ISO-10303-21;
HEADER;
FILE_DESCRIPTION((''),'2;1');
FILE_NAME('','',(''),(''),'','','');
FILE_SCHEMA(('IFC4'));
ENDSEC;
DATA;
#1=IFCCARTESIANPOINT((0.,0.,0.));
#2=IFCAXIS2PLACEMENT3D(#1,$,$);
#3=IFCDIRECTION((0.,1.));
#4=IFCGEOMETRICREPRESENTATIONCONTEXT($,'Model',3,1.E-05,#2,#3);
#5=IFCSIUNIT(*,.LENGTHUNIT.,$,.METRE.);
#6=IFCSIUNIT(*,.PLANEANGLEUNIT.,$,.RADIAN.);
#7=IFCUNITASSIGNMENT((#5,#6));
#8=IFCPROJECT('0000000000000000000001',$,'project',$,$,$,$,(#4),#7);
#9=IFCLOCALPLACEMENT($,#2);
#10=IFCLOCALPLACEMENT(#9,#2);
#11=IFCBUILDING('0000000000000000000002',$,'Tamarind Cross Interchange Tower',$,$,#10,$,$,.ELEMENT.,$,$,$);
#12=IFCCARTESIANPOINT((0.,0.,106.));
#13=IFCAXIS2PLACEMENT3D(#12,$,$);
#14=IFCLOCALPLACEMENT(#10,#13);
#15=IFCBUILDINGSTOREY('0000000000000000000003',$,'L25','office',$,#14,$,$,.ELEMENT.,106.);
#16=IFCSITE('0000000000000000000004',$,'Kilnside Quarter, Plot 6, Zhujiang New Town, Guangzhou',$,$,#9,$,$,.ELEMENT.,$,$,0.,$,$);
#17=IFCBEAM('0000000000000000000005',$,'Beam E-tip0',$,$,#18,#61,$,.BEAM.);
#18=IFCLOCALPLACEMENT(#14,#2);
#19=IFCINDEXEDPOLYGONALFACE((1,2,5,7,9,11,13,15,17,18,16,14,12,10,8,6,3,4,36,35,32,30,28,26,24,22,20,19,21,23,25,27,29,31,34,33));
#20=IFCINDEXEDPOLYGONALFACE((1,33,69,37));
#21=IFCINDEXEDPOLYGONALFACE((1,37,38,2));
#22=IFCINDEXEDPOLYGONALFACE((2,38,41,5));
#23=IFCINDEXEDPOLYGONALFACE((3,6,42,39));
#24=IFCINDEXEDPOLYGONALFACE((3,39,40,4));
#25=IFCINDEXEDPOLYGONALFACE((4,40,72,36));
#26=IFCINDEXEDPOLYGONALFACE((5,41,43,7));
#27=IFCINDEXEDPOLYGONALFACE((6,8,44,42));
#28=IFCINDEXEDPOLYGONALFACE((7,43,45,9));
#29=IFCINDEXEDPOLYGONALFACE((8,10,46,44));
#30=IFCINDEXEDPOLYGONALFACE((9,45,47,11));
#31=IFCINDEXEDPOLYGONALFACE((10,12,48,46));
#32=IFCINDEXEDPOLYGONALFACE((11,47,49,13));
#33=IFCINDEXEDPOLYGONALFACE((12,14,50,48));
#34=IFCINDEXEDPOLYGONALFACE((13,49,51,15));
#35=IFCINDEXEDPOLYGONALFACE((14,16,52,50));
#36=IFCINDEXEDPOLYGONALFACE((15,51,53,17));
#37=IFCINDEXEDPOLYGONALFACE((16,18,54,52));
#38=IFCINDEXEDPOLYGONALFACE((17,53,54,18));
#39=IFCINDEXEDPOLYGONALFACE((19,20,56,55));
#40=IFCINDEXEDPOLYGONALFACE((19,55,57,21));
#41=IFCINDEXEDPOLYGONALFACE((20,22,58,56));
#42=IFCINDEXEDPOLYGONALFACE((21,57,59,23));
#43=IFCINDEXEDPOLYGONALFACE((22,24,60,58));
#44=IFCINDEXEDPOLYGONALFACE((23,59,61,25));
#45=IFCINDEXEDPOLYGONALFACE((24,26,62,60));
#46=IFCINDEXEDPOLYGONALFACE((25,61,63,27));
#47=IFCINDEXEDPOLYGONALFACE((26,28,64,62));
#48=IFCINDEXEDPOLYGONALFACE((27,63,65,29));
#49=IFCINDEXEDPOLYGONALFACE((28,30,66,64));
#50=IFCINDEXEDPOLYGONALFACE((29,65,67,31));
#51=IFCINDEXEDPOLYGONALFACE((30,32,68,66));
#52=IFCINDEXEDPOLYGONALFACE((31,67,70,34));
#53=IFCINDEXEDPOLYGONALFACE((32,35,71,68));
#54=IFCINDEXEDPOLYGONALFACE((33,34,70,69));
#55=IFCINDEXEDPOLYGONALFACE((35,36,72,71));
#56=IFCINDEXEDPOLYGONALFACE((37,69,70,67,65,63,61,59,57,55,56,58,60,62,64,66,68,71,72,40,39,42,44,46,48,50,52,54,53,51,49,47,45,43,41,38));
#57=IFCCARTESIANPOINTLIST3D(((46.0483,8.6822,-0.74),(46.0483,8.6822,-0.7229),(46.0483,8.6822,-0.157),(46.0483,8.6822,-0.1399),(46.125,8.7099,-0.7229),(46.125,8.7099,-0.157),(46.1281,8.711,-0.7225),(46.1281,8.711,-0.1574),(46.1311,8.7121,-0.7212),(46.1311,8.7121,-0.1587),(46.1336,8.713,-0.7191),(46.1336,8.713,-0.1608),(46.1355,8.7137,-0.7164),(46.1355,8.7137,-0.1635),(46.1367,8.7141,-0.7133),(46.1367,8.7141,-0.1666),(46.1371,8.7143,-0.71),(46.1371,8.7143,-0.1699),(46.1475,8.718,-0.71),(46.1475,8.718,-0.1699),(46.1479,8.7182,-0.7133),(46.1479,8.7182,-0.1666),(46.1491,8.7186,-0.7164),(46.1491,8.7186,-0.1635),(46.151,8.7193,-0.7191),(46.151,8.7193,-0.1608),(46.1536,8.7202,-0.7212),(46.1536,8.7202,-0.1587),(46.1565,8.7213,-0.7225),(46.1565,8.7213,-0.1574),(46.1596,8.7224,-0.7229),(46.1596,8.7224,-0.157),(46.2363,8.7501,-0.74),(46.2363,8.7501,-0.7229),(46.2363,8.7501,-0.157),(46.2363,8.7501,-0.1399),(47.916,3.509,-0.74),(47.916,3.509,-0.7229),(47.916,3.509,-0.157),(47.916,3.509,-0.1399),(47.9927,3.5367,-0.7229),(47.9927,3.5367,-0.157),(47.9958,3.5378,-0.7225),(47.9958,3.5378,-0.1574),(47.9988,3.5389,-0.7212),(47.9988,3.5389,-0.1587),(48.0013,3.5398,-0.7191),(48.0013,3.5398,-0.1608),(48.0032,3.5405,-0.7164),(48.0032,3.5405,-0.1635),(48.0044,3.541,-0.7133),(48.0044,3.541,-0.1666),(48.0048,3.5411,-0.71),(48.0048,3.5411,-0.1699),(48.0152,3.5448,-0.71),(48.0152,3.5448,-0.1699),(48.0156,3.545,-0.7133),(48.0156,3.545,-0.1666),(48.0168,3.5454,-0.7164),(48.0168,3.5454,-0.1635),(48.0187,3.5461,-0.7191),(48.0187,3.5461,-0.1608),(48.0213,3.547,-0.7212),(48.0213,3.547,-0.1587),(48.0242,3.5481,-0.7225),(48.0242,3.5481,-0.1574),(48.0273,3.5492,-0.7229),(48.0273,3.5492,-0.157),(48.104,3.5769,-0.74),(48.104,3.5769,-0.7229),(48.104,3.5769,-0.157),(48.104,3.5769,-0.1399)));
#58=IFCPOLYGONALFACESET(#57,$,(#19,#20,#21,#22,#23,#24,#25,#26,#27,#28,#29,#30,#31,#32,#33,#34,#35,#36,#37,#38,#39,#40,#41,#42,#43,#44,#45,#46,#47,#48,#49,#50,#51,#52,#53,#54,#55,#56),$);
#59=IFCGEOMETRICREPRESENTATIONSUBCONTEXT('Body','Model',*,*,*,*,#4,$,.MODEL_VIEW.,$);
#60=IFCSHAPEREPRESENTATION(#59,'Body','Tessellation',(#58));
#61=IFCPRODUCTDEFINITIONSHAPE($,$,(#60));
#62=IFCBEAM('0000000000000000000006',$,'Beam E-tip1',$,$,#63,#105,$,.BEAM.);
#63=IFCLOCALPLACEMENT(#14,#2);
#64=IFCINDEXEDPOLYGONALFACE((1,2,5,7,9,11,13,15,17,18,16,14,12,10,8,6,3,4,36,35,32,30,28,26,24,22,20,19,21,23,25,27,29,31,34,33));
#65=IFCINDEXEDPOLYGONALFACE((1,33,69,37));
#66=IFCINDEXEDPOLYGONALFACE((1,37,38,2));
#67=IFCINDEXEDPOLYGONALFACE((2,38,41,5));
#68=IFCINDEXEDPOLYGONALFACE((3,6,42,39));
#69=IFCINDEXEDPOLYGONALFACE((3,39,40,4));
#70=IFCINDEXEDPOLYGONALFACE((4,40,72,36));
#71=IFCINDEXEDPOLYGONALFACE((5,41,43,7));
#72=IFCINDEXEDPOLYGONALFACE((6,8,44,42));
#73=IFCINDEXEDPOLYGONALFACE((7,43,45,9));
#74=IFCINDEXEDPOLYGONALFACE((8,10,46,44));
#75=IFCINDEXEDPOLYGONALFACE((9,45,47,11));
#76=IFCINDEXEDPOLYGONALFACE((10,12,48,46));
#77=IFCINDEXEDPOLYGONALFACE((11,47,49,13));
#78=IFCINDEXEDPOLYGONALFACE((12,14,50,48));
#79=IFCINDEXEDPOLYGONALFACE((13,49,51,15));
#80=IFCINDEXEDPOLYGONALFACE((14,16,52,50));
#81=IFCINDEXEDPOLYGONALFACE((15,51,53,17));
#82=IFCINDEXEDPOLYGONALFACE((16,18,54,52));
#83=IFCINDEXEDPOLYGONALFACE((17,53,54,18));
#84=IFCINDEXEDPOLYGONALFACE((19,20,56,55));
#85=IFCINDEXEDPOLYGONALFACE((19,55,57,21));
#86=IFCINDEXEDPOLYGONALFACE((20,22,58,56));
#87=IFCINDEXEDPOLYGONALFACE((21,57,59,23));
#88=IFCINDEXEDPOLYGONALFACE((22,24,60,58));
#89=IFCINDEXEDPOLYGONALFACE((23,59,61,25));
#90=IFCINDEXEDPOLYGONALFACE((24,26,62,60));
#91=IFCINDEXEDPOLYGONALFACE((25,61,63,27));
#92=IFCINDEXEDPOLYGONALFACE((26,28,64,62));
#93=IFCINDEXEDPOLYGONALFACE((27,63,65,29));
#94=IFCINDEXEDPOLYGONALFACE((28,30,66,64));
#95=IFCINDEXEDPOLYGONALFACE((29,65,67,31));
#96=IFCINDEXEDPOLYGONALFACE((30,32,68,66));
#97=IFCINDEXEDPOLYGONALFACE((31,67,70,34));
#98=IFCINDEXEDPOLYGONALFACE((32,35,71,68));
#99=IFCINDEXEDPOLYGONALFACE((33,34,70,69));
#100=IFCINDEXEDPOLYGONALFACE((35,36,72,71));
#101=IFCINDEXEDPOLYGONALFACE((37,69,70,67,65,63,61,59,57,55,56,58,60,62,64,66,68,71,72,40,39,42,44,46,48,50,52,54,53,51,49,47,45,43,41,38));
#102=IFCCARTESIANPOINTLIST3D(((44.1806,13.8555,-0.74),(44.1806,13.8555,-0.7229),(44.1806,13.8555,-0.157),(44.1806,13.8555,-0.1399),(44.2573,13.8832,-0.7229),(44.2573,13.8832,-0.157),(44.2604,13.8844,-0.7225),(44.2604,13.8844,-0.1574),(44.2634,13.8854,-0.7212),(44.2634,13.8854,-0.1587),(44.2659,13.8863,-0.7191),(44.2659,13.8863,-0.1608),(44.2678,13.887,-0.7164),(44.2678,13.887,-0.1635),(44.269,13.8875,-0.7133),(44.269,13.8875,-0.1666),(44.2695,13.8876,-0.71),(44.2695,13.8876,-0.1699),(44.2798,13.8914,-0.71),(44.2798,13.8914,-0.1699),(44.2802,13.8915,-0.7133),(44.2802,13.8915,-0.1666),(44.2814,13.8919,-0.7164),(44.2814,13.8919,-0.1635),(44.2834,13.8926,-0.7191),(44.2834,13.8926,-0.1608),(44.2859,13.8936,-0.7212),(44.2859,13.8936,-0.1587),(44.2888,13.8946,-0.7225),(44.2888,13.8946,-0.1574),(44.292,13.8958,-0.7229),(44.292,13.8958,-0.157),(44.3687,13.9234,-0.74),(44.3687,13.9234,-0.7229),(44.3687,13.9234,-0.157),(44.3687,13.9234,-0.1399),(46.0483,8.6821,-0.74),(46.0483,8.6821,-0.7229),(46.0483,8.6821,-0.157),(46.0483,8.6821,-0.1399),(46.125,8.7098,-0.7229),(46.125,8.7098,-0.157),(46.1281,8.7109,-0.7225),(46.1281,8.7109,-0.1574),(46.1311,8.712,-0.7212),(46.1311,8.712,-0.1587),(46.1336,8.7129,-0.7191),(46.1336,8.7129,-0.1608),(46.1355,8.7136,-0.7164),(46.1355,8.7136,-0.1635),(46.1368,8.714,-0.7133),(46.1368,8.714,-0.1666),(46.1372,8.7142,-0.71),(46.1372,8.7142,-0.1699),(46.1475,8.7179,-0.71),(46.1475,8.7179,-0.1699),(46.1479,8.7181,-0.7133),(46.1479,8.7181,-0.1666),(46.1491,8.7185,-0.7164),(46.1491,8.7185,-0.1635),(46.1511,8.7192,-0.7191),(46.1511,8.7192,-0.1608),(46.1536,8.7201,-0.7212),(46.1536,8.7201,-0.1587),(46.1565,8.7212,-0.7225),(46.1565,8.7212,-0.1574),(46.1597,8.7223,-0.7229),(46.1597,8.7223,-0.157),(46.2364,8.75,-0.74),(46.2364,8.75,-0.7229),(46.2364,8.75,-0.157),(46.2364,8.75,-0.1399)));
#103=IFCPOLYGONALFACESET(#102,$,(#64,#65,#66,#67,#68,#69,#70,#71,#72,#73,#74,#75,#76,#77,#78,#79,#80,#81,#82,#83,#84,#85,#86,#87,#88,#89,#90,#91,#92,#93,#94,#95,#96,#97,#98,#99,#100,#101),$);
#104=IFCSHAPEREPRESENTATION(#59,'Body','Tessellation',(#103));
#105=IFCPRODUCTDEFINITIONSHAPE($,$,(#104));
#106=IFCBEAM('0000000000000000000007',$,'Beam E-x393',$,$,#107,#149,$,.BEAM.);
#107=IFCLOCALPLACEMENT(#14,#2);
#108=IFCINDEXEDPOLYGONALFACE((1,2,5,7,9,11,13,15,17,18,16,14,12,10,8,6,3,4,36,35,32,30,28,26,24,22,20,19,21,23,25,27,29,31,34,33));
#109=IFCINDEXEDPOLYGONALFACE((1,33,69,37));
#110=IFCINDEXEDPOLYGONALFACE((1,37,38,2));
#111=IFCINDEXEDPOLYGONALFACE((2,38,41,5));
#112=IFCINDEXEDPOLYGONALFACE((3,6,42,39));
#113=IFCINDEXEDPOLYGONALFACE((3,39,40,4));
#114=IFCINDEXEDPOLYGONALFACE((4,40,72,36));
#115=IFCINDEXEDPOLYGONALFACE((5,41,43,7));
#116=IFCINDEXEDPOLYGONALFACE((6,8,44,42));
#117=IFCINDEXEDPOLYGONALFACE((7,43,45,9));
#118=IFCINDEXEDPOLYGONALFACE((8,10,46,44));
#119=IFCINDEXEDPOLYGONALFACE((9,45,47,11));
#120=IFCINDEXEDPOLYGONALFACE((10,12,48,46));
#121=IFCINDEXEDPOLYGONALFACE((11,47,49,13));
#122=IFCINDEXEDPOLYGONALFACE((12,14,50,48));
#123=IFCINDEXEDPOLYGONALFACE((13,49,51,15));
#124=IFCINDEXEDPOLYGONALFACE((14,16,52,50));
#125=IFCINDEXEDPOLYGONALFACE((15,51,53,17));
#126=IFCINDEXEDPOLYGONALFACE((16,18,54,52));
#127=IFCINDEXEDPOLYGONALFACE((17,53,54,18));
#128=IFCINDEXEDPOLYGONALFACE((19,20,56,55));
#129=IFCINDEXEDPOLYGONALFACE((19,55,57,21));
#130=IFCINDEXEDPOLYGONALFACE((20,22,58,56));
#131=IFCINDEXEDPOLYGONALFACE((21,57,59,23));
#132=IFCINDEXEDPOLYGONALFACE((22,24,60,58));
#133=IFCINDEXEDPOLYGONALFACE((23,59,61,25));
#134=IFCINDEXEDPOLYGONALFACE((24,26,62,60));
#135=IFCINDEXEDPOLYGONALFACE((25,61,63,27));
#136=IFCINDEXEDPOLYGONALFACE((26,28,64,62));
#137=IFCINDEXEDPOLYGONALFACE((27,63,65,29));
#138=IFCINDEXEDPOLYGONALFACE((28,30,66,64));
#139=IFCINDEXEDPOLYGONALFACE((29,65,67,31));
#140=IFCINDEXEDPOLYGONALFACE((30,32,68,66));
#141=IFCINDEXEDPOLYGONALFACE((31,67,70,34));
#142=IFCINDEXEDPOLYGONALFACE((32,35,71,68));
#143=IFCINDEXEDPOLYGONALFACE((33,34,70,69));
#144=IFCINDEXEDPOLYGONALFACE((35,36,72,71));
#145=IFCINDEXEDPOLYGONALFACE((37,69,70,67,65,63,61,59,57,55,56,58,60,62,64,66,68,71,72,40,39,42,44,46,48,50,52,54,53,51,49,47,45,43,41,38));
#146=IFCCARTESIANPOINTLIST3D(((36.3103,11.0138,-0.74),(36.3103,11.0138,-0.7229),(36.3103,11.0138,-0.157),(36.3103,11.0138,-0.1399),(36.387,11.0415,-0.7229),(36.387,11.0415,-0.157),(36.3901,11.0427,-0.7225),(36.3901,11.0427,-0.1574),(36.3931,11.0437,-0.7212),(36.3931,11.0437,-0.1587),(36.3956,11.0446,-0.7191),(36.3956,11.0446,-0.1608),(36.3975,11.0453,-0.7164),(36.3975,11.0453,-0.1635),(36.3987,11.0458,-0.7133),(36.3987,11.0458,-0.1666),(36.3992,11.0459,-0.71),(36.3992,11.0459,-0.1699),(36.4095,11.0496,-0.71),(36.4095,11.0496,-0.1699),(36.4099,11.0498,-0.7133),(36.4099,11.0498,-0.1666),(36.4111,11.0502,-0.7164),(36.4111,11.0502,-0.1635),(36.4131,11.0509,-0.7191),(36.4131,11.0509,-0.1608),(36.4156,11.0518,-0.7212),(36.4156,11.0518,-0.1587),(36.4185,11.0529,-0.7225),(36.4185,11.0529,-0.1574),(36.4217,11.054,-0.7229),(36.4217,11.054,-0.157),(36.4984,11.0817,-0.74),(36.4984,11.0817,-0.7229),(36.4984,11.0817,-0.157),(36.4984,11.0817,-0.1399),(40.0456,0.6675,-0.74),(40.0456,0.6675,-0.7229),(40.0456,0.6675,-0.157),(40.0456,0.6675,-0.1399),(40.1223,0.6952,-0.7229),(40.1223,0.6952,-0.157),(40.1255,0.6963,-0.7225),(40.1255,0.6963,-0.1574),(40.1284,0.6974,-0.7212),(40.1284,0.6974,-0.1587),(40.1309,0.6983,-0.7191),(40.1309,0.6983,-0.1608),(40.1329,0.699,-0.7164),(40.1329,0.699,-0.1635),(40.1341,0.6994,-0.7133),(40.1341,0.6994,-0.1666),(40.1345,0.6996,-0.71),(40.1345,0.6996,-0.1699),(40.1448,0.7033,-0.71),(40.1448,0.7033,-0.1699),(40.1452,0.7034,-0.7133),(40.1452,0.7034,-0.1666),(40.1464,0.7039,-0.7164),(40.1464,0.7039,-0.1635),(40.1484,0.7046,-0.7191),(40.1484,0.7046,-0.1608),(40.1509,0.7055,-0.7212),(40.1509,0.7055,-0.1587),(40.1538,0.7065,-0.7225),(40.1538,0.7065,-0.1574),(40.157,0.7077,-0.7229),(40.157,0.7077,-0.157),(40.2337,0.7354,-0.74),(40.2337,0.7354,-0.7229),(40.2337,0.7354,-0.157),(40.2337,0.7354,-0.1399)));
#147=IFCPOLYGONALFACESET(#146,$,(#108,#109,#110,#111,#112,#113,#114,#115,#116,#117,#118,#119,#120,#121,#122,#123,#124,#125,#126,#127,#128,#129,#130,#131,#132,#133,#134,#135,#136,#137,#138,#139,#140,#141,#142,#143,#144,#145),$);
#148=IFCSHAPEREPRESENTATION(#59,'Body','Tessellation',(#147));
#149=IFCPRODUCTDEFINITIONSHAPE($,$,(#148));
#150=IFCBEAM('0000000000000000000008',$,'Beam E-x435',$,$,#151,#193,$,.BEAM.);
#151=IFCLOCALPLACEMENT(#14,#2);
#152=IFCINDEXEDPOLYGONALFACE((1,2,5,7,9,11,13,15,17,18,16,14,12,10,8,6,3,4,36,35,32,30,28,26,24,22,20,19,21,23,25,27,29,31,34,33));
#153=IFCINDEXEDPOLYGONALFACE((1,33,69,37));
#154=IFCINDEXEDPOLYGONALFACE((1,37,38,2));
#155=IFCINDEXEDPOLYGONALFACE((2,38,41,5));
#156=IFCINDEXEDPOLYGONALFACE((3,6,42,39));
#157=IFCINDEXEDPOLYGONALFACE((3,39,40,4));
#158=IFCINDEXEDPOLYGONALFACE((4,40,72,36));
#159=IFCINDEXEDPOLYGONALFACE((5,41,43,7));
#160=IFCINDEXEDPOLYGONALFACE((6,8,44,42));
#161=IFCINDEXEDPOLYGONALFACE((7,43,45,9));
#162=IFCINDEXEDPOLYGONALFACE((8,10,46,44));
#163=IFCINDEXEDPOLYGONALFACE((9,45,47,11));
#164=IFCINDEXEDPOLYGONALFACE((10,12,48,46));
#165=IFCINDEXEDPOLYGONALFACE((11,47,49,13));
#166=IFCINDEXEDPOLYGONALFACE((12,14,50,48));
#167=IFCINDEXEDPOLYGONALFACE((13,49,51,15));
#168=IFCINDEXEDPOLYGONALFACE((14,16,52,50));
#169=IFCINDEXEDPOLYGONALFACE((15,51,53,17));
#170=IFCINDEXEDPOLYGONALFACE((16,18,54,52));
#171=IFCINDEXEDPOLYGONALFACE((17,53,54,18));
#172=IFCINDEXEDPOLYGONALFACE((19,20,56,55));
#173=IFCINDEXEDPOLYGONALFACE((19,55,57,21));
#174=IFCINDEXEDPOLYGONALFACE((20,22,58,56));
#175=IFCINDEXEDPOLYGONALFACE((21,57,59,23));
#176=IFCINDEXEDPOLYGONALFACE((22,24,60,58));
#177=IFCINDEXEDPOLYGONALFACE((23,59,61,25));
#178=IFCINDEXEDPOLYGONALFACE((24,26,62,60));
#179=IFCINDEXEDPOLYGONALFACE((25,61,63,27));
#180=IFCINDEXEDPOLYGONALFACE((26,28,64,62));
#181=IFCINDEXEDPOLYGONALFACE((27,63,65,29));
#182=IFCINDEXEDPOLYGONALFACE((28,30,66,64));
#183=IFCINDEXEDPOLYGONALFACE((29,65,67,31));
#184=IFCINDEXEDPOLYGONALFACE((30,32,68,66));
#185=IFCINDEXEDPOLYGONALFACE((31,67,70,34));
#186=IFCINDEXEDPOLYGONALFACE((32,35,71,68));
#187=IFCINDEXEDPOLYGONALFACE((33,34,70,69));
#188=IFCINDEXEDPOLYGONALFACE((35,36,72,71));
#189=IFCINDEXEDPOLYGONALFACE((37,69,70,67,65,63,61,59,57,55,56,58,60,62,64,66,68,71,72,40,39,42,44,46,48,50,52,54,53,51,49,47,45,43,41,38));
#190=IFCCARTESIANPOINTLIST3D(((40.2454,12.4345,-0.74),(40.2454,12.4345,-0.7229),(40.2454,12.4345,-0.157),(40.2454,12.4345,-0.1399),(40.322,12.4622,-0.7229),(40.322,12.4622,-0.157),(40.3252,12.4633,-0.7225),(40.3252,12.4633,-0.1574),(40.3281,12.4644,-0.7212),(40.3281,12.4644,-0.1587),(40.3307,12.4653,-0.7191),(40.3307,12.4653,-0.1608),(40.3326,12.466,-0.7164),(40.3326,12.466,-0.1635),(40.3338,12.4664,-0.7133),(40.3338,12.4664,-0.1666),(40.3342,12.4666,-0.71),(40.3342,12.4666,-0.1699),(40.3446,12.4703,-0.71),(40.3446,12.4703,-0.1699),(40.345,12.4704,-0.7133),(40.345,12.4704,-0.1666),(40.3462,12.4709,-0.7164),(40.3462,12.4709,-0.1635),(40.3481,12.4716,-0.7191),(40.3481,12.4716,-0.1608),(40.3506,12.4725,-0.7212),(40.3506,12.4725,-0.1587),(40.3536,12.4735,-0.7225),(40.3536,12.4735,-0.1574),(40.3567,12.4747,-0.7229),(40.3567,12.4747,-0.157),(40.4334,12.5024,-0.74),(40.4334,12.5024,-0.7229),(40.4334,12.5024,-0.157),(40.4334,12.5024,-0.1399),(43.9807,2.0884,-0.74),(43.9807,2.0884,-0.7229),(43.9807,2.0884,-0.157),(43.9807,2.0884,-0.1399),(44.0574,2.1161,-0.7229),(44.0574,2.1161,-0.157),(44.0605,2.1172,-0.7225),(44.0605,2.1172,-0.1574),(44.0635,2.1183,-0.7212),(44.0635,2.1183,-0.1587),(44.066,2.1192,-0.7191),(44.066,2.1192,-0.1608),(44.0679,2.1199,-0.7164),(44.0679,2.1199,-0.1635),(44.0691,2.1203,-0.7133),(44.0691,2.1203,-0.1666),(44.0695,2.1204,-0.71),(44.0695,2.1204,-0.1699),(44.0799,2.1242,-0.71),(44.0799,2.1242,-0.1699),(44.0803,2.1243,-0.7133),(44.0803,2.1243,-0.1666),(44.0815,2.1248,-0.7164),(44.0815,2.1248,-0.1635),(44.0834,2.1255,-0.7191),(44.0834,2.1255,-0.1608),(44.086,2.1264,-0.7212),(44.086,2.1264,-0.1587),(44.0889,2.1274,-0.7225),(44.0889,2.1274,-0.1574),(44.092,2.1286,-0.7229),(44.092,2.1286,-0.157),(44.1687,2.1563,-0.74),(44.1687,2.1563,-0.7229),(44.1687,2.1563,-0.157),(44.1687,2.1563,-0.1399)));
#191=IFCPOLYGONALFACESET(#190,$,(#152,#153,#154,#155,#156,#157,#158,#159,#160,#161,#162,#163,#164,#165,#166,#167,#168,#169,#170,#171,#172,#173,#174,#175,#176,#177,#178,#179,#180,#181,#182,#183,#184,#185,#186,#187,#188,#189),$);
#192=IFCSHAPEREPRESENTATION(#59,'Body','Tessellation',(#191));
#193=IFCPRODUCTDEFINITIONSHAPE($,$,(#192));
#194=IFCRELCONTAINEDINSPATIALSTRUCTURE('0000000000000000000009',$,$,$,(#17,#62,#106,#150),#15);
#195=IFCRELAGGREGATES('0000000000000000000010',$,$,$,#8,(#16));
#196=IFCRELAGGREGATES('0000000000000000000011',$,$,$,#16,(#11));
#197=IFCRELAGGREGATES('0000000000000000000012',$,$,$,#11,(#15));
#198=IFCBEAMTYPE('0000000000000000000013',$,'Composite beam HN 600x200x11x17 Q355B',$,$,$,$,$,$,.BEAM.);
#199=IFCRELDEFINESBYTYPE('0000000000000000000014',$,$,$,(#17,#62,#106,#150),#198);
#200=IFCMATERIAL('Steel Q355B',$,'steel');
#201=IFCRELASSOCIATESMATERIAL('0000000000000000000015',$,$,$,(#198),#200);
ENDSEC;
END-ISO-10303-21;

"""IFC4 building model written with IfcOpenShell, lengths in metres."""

from ifc_helpers import new_model, si_unit, direction, frame, origin, origin_2d, place, context, subcontext, project, spatial, i_section, extrude, material, material_profile, profile_set, type_object, element, save


model = new_model("IFC4")

# Units and contexts
model_context = context("Model", 3, precision=1e-05, world=origin(), true_north=direction((0.0, 1.0)))
body_context = subcontext(model_context, "Body", "Model", "MODEL_VIEW")
ifc_project = project(units=[si_unit("LENGTHUNIT", "METRE"), si_unit("PLANEANGLEUNIT", "RADIAN")], contexts=[model_context])

# Site, building, storey
site_placement = place(None, origin())
site = spatial("IfcSite", under=ifc_project, at=site_placement, Name="Kilnside Quarter, Plot 6, Zhujiang New Town, Guangzhou", CompositionType="ELEMENT", RefElevation=0.0)
building_placement = place(site_placement, origin())
building = spatial("IfcBuilding", under=site, at=building_placement, Name="Tamarind Cross Interchange Tower", CompositionType="ELEMENT")
storey_placement = place(building_placement, frame((0.0, 0.0, 106.0)))
storey = spatial("IfcBuildingStorey", under=building, at=storey_placement, Name="L25", Description="office", CompositionType="ELEMENT", Elevation=106.0)

# Beams
ifc_material_1 = material(Name="Steel Q355B", Category="steel")
ifc_material_profile_1 = material_profile(ifc_material_1, i_section(OverallWidth=0.2, OverallDepth=0.6001, WebThickness=0.011, FlangeThickness=0.0171, FilletRadius=0.0129, at=origin_2d()), Name="HN 600x200x11x17")
ifc_profile_set_1 = profile_set([ifc_material_profile_1], Name="Steel Q355B")
beam_type_1 = type_object("IfcBeamType", Name="Composite beam HN 600x200x11x17 Q355B", PredefinedType="BEAM", material=ifc_profile_set_1)
beam_1_placement = place(storey_placement, frame((48.01, 3.543, -0.4399), z_axis=(-0.339582, 0.940576, 0.0), x_axis=(-0.940576, -0.339582, 0.0)))
element("IfcBeam", 1, at=beam_1_placement, inside=storey, type_object=beam_type_1, Name="Beam E-tip0", PredefinedType="BEAM", context=body_context, shape_type="SweptSolid", body=[
    extrude(i_section(OverallWidth=0.2, OverallDepth=0.6001, WebThickness=0.011, FlangeThickness=0.0171, FilletRadius=0.0129, at=origin_2d()), origin(), (0.0, 0.0, 1.0), 5.5),
])
beam_2_placement = place(storey_placement, frame((46.1423, 8.7161, -0.4399), z_axis=(-0.339568, 0.940581, 0.0), x_axis=(-0.940581, -0.339568, 0.0)))
element("IfcBeam", 2, at=beam_2_placement, inside=storey, type_object=beam_type_1, Name="Beam E-tip1", PredefinedType="BEAM", context=body_context, shape_type="SweptSolid", body=[
    extrude(i_section(OverallWidth=0.2, OverallDepth=0.6001, WebThickness=0.011, FlangeThickness=0.0171, FilletRadius=0.0129, at=origin_2d()), origin(), (0.0, 0.0, 1.0), 5.5002),
])
beam_3_placement = place(storey_placement, frame((40.1396, 0.7014, -0.4399), z_axis=(-0.339575, 0.940579, 0.0), x_axis=(-0.940579, -0.339575, 0.0)))
element("IfcBeam", 3, at=beam_3_placement, inside=storey, type_object=beam_type_1, Name="Beam E-x393", PredefinedType="BEAM", context=body_context, shape_type="SweptSolid", body=[
    extrude(i_section(OverallWidth=0.2, OverallDepth=0.6001, WebThickness=0.011, FlangeThickness=0.0171, FilletRadius=0.0129, at=origin_2d()), origin(), (0.0, 0.0, 1.0), 11.0),
])
beam_4_placement = place(storey_placement, frame((44.0747, 2.1223, -0.4399), z_axis=(-0.339582, 0.940576, 0.0), x_axis=(-0.940576, -0.339582, 0.0)))
element("IfcBeam", 4, at=beam_4_placement, inside=storey, type_object=beam_type_1, Name="Beam E-x435", PredefinedType="BEAM", context=body_context, shape_type="SweptSolid", body=[
    extrude(i_section(OverallWidth=0.2, OverallDepth=0.6001, WebThickness=0.011, FlangeThickness=0.0171, FilletRadius=0.0129, at=origin_2d()), origin(), (0.0, 0.0, 1.0), 10.9998),
])

save(model, "model.ifc")
